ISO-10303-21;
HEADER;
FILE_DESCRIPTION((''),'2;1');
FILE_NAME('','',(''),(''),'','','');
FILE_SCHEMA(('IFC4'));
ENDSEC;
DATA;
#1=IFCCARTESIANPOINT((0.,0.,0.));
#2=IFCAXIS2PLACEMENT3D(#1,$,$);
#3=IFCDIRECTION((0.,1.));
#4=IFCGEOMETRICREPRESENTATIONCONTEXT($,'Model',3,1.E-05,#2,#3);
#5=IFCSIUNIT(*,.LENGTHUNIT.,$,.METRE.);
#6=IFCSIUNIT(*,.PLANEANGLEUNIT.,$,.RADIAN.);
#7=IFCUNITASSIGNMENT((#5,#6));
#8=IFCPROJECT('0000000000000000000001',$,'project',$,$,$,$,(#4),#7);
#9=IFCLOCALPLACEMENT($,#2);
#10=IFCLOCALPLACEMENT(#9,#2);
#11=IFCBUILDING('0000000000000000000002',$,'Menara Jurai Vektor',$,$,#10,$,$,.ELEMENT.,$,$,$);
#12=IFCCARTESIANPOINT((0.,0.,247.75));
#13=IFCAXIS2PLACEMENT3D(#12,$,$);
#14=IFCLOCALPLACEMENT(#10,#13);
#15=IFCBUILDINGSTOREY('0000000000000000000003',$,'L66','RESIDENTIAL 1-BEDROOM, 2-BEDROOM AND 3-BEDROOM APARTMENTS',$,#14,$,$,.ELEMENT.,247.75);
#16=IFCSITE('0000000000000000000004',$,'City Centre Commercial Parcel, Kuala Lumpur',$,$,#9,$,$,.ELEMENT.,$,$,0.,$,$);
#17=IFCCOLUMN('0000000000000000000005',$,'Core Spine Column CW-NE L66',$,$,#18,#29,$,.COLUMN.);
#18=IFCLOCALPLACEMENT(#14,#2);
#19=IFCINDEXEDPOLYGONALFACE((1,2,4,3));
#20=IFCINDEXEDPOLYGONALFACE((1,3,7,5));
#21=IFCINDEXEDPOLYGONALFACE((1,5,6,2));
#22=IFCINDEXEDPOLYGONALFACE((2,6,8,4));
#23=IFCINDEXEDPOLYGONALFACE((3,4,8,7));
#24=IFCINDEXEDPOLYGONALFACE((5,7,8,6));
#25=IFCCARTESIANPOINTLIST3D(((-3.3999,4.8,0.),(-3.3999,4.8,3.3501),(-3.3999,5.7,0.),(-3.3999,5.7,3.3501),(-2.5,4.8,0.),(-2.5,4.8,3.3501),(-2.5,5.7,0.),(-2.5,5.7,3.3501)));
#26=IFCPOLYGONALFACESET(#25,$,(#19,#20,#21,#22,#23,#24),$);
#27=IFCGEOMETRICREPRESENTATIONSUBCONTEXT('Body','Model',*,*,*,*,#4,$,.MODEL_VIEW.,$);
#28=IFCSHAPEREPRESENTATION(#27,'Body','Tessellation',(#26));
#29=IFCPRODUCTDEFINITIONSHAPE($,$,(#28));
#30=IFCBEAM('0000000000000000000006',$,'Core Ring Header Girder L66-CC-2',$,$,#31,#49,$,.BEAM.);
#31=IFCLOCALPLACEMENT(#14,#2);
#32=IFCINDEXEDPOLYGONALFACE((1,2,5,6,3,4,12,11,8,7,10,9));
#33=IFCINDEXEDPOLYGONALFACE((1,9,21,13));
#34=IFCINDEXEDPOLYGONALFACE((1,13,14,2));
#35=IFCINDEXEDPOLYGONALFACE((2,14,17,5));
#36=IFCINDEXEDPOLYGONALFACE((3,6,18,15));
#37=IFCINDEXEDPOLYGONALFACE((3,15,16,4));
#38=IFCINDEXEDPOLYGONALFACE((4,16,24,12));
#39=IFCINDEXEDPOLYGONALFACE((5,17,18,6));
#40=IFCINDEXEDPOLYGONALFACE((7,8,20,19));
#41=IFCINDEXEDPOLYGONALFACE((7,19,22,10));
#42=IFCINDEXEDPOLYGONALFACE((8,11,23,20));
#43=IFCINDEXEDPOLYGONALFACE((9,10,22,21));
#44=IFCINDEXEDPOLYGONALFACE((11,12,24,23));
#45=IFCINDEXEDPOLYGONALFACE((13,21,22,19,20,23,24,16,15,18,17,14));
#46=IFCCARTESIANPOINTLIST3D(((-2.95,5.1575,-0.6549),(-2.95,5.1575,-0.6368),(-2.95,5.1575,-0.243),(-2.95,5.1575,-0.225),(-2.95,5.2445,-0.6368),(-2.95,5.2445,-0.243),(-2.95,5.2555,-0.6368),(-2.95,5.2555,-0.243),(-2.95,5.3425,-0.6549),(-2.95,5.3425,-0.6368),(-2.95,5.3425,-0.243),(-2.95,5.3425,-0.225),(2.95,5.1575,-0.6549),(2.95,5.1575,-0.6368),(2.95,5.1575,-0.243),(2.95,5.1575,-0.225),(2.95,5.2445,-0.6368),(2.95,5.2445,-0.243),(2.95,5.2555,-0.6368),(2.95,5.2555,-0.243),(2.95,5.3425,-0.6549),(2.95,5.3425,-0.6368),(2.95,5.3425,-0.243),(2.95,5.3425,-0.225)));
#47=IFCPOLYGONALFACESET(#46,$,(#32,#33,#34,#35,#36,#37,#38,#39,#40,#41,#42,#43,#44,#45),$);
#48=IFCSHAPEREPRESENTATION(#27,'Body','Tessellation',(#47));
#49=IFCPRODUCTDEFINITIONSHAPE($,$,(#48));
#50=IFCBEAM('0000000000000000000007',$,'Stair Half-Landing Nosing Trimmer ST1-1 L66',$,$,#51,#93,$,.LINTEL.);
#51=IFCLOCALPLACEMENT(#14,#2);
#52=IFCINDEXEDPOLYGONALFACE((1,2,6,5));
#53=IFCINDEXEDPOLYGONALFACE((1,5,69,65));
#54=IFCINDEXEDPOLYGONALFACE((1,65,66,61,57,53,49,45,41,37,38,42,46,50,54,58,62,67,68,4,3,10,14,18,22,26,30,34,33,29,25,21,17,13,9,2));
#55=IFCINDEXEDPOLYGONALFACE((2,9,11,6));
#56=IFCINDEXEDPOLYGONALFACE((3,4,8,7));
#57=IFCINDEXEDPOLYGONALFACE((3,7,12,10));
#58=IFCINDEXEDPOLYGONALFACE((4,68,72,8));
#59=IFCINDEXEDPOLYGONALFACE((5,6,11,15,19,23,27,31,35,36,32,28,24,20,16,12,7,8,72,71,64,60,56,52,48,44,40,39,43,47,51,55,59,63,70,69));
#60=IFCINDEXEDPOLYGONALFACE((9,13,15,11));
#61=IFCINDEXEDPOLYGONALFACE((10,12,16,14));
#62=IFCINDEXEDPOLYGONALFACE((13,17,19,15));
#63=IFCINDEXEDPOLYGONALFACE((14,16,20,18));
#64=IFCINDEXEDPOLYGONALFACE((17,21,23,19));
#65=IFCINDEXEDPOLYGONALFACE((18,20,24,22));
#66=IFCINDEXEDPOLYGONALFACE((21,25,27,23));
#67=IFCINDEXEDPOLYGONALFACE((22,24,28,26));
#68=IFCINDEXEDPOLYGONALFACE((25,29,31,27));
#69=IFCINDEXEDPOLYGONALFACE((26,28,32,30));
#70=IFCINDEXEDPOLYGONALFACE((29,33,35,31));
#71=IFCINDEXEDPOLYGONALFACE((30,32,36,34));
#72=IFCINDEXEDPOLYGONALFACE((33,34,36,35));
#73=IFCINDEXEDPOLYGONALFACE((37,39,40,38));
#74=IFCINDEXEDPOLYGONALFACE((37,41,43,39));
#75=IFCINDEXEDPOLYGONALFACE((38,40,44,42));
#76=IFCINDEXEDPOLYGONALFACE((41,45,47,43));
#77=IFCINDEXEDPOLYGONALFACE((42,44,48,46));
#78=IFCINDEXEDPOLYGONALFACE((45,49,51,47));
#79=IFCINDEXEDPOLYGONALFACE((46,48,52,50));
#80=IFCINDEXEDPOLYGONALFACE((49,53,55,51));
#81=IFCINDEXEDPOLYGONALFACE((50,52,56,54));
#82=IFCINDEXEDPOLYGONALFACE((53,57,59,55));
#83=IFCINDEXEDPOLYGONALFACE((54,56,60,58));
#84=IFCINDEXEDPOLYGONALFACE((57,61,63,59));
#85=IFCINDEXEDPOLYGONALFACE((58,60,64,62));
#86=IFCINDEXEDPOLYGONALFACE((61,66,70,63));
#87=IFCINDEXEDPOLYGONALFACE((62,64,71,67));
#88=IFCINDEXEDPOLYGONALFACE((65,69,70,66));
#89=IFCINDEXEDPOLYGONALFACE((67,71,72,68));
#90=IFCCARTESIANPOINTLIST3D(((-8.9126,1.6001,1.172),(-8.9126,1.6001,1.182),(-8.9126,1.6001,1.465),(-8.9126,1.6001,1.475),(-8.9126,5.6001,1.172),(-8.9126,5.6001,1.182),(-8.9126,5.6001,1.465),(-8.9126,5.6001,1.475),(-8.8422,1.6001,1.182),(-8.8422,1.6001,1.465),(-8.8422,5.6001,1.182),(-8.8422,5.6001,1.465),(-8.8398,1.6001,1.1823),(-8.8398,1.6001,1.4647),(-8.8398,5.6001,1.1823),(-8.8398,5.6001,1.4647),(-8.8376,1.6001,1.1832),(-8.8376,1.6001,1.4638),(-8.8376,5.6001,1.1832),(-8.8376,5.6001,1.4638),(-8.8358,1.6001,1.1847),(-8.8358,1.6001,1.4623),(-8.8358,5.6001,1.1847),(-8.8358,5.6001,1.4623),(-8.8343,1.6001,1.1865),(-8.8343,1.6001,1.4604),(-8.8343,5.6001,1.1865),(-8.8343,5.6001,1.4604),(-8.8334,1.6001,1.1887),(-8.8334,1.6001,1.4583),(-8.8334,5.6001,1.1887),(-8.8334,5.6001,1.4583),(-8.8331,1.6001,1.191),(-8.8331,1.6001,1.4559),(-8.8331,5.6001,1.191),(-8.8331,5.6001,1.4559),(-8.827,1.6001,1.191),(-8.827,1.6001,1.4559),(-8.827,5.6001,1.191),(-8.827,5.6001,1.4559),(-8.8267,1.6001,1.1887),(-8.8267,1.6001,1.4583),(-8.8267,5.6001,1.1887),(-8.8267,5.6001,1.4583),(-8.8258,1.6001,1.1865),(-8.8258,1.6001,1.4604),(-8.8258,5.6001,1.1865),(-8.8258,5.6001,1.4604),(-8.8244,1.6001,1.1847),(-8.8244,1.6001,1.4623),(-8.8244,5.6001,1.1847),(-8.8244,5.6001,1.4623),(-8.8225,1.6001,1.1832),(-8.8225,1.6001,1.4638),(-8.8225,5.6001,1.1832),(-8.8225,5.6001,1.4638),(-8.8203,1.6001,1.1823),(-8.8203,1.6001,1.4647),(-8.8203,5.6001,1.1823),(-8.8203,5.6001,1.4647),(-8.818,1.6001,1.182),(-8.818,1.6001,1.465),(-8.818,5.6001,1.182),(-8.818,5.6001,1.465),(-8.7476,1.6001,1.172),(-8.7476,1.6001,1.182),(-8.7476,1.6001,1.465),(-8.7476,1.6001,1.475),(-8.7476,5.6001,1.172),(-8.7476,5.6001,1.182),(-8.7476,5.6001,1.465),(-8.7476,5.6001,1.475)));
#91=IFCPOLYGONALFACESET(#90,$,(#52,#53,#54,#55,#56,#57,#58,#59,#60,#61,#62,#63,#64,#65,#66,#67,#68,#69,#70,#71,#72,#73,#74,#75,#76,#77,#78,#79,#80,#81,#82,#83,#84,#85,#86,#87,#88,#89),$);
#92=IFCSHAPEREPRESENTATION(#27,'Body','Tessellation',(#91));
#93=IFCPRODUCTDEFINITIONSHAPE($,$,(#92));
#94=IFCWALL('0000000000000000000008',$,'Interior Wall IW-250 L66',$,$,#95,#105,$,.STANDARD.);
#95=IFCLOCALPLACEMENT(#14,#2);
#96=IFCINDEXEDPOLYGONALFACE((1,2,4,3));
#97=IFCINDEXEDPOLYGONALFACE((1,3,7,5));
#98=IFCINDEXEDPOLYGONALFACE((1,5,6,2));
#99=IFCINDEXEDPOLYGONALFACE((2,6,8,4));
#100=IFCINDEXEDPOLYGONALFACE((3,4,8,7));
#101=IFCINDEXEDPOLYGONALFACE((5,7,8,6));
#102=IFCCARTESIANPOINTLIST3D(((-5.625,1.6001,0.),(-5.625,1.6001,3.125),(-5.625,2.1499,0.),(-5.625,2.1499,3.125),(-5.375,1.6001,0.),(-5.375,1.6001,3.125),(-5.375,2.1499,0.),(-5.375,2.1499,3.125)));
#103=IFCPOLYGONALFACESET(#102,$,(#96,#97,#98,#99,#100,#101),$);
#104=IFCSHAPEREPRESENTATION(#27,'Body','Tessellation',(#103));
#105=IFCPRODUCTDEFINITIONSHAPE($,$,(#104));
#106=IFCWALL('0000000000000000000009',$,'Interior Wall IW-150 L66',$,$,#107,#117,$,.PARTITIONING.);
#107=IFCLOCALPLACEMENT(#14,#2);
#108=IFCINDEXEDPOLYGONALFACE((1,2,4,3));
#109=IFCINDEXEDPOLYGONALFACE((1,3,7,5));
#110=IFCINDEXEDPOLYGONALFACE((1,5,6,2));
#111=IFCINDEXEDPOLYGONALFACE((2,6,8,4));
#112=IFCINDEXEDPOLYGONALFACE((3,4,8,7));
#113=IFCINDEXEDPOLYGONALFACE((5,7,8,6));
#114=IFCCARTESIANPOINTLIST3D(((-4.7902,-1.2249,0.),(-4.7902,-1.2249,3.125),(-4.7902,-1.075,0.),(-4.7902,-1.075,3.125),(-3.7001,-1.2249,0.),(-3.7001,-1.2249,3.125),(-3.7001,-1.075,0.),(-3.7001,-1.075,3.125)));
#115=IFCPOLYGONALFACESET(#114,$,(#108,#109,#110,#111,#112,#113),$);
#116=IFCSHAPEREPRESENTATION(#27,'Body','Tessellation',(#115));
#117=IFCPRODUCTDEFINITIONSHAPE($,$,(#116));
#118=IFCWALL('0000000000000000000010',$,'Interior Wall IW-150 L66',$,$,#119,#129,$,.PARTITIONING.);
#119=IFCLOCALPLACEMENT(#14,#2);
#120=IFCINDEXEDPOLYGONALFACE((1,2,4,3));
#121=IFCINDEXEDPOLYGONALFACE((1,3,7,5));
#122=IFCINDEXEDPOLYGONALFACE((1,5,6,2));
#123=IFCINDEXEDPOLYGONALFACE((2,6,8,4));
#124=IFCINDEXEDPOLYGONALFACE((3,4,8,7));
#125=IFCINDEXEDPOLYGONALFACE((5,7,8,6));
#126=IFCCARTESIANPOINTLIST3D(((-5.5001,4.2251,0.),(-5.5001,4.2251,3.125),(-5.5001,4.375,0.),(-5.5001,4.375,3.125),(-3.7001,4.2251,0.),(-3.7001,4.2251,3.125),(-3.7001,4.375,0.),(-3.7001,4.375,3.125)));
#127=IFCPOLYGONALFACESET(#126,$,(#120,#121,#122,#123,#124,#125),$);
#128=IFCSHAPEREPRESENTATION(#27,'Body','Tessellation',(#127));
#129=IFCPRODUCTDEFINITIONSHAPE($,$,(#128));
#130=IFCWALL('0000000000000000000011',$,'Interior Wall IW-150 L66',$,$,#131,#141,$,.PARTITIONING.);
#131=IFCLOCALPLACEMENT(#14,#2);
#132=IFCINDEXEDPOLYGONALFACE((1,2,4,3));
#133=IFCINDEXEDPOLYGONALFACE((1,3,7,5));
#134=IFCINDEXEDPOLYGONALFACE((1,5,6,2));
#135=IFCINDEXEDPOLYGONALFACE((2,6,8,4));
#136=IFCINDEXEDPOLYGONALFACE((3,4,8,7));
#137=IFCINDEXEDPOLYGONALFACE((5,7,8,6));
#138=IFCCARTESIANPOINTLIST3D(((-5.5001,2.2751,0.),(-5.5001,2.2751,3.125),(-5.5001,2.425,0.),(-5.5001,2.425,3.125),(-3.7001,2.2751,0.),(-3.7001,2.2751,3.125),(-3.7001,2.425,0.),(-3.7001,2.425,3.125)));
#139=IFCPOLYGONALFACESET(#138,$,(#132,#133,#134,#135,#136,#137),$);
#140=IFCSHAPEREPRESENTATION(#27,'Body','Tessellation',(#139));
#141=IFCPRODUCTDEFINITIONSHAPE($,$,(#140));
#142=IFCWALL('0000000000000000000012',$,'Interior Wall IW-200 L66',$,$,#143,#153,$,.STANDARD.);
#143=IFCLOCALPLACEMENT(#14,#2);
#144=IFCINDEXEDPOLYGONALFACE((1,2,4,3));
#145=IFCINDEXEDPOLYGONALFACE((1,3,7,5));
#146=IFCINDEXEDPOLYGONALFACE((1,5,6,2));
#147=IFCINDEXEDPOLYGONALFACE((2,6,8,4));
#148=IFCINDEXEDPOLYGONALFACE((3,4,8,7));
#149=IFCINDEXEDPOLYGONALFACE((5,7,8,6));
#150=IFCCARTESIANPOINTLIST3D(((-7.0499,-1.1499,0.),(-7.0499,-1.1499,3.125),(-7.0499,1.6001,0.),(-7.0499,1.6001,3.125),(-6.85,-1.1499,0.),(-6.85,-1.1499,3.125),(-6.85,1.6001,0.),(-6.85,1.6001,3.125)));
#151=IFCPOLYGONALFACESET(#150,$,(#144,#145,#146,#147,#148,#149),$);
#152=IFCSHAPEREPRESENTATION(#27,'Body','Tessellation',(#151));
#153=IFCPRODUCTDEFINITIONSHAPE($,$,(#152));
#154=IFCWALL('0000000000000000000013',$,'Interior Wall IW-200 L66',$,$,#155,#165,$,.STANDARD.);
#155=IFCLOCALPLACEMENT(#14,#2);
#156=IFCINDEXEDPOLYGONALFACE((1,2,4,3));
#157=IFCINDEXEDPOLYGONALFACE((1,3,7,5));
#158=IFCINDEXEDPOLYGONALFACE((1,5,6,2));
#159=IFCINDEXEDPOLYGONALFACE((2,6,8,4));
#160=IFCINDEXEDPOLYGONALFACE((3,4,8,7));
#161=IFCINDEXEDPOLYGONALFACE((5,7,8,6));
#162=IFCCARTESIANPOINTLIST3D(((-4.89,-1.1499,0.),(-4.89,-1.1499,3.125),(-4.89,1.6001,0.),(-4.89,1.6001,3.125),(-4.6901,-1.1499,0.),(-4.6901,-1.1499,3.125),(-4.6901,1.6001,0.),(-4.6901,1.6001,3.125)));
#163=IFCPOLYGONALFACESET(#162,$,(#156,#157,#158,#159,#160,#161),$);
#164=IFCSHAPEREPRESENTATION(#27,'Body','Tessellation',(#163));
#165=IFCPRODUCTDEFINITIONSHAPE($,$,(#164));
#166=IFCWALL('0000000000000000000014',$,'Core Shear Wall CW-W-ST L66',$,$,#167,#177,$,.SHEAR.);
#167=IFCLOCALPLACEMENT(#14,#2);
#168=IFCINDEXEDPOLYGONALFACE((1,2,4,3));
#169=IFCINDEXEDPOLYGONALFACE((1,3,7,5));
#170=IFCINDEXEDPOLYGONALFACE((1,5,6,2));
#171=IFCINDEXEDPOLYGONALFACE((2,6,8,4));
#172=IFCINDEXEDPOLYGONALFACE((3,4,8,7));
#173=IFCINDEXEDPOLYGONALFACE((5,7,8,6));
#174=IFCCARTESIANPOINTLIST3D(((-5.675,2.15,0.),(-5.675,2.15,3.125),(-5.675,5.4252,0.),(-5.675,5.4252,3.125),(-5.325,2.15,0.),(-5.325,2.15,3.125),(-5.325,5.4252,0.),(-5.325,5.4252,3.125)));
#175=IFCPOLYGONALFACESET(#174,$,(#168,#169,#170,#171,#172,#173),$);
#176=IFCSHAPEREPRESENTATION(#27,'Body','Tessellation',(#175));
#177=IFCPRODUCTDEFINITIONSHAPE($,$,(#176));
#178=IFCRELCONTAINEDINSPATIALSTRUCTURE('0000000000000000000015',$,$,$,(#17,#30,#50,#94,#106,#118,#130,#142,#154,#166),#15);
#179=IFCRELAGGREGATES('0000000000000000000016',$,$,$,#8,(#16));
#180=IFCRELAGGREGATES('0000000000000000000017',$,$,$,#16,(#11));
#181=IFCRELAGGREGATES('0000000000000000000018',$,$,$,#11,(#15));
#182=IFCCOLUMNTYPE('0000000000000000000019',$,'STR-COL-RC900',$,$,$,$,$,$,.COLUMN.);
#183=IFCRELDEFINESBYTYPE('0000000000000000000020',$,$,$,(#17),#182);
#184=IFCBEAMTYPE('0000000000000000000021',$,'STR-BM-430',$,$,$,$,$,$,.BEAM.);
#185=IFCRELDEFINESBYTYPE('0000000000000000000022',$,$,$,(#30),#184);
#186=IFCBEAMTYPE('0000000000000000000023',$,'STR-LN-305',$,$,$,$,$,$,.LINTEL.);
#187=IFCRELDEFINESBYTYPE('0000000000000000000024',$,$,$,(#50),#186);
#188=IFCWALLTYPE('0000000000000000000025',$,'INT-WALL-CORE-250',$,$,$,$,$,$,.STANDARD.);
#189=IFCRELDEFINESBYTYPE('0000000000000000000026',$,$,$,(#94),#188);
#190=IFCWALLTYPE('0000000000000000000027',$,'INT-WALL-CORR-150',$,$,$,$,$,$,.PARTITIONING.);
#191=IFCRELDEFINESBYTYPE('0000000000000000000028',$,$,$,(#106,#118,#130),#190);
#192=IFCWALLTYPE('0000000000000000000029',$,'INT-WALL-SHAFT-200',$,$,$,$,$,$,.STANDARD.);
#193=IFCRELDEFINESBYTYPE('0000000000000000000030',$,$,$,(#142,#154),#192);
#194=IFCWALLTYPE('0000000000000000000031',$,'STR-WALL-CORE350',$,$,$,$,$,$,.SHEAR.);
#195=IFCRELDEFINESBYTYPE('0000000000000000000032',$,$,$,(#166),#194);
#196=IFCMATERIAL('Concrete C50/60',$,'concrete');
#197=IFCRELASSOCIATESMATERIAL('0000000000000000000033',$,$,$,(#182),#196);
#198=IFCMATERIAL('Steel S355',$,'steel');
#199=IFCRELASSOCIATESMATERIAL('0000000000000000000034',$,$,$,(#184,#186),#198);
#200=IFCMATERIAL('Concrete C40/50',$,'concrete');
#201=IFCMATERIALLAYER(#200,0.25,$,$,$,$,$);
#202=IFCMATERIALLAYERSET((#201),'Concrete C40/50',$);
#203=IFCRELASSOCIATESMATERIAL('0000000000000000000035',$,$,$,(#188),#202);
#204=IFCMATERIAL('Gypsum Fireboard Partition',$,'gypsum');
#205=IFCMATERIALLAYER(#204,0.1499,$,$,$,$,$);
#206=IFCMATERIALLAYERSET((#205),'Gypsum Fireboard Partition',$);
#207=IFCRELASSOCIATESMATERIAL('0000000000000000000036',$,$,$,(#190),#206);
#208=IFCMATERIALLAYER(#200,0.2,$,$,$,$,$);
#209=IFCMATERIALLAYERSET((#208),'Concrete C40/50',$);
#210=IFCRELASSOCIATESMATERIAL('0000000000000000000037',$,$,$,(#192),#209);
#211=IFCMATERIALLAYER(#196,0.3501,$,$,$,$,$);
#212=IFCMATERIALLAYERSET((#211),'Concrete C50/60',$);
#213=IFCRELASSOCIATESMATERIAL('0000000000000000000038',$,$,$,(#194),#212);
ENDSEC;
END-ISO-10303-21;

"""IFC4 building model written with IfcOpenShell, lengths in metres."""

from ifc_helpers import new_model, si_unit, direction, frame, frame_2d, origin, origin_2d, place, context, subcontext, project, spatial, rectangle, i_section, extrude, material, layer, layer_set, material_profile, profile_set, type_object, element, save


model = new_model("IFC4")

# Units and contexts
model_context = context("Model", 3, precision=1e-05, world=origin(), true_north=direction((0.0, 1.0)))
body_context = subcontext(model_context, "Body", "Model", "MODEL_VIEW")
ifc_project = project(units=[si_unit("LENGTHUNIT", "METRE"), si_unit("PLANEANGLEUNIT", "RADIAN")], contexts=[model_context])

# Site, building, storey
site_placement = place(None, origin())
site = spatial("IfcSite", under=ifc_project, at=site_placement, Name="City Centre Commercial Parcel, Kuala Lumpur", CompositionType="ELEMENT", RefElevation=0.0)
building_placement = place(site_placement, origin())
building = spatial("IfcBuilding", under=site, at=building_placement, Name="Menara Jurai Vektor", CompositionType="ELEMENT")
storey_placement = place(building_placement, frame((0.0, 0.0, 247.75)))
storey = spatial("IfcBuildingStorey", under=building, at=storey_placement, Name="L66", Description="RESIDENTIAL 1-BEDROOM, 2-BEDROOM AND 3-BEDROOM APARTMENTS", CompositionType="ELEMENT", Elevation=247.75)

# Column
ifc_material_1 = material(Name="Concrete C50/60", Category="concrete")
ifc_material_profile_1 = material_profile(ifc_material_1, rectangle(XDim=0.8999, YDim=0.8999, at=origin_2d()), Name="RC 900x900")
ifc_profile_set_1 = profile_set([ifc_material_profile_1], Name="Concrete C50/60")
column_type = type_object("IfcColumnType", Name="STR-COL-RC900", PredefinedType="COLUMN", material=ifc_profile_set_1)
column_placement = place(storey_placement, frame((-2.95, 5.25, 0.0), z_axis=(0.0, 0.0, 1.0), x_axis=(1.0, 0.0, 0.0)))
element("IfcColumn", 1, at=column_placement, inside=storey, type_object=column_type, Name="Core Spine Column CW-NE L66", PredefinedType="COLUMN", context=body_context, shape_type="SweptSolid", body=[
    extrude(rectangle(XDim=0.8999, YDim=0.8999, at=origin_2d()), origin(), (0.0, 0.0, 1.0), 3.3501),
])

# Beams
ifc_material_2 = material(Name="Steel S355", Category="steel")
ifc_material_profile_2 = material_profile(ifc_material_2, i_section(OverallWidth=0.1851, OverallDepth=0.4299, WebThickness=0.011, FlangeThickness=0.0181, at=origin_2d()), Name="PG 430x185x76")
ifc_profile_set_2 = profile_set([ifc_material_profile_2], Name="Steel S355")
beam_type_1 = type_object("IfcBeamType", Name="STR-BM-430", PredefinedType="BEAM", material=ifc_profile_set_2)
beam_1_placement = place(storey_placement, frame((-2.95, 5.25, -0.4399), z_axis=(1.0, 0.0, 0.0), x_axis=(0.0, 1.0, 0.0)))
element("IfcBeam", 2, at=beam_1_placement, inside=storey, type_object=beam_type_1, Name="Core Ring Header Girder L66-CC-2", PredefinedType="BEAM", context=body_context, shape_type="SweptSolid", body=[
    extrude(i_section(OverallWidth=0.1851, OverallDepth=0.4299, WebThickness=0.011, FlangeThickness=0.0181, at=origin_2d()), origin(), (0.0, 0.0, 1.0), 5.8999),
])
ifc_material_profile_3 = material_profile(ifc_material_2, i_section(OverallWidth=0.165, OverallDepth=0.303, WebThickness=0.0061, FlangeThickness=0.01, FilletRadius=0.009, at=origin_2d()), Name="UKB 305x165x40")
ifc_profile_set_3 = profile_set([ifc_material_profile_3], Name="Steel S355")
beam_type_2 = type_object("IfcBeamType", Name="STR-LN-305", PredefinedType="LINTEL", material=ifc_profile_set_3)
beam_2_placement = place(storey_placement, frame((-8.8301, 1.6001, 1.3235), z_axis=(0.0, 1.0, 0.0), x_axis=(-1.0, 0.0, 0.0)))
element("IfcBeam", 3, at=beam_2_placement, inside=storey, type_object=beam_type_2, Name="Stair Half-Landing Nosing Trimmer ST1-1 L66", PredefinedType="LINTEL", context=body_context, shape_type="SweptSolid", body=[
    extrude(i_section(OverallWidth=0.165, OverallDepth=0.303, WebThickness=0.0061, FlangeThickness=0.01, FilletRadius=0.009, at=origin_2d()), origin(), (0.0, 0.0, 1.0), 4.0),
])

# Walls
ifc_material_3 = material(Name="Concrete C40/50", Category="concrete")
ifc_layer_1 = layer(ifc_material_3, 0.25)
ifc_layer_set_1 = layer_set([ifc_layer_1], Name="Concrete C40/50")
wall_type_1 = type_object("IfcWallType", Name="INT-WALL-CORE-250", PredefinedType="STANDARD", material=ifc_layer_set_1)
wall_1_placement = place(storey_placement, frame((-5.5, 1.6001, 0.0), z_axis=(0.0, 0.0, 1.0), x_axis=(0.0, 1.0, 0.0)))
element("IfcWall", 4, at=wall_1_placement, inside=storey, type_object=wall_type_1, Name="Interior Wall IW-250 L66", PredefinedType="STANDARD", context=body_context, shape_type="SweptSolid", body=[
    extrude(rectangle(XDim=0.5498, YDim=0.25, at=frame_2d((0.2749, 0.0))), origin(), (0.0, 0.0, 1.0), 3.125),
])
ifc_material_4 = material(Name="Gypsum Fireboard Partition", Category="gypsum")
ifc_layer_2 = layer(ifc_material_4, 0.1499)
ifc_layer_set_2 = layer_set([ifc_layer_2], Name="Gypsum Fireboard Partition")
wall_type_2 = type_object("IfcWallType", Name="INT-WALL-CORR-150", PredefinedType="PARTITIONING", material=ifc_layer_set_2)
wall_2_placement = place(storey_placement, frame((-4.79, -1.1499, 0.0), z_axis=(0.0, 0.0, 1.0), x_axis=(1.0, 0.0, 0.0)))
element("IfcWall", 5, at=wall_2_placement, inside=storey, type_object=wall_type_2, Name="Interior Wall IW-150 L66", PredefinedType="PARTITIONING", context=body_context, shape_type="SweptSolid", body=[
    extrude(rectangle(XDim=1.0901, YDim=0.1499, at=frame_2d((0.5449, 0.0))), origin(), (0.0, 0.0, 1.0), 3.125),
])
for number, where, z_axis, x_axis, name in (
    (6, (-5.5, 4.3, 0.0), (0.0, 0.0, 1.0), (1.0, 0.0, 0.0), "Interior Wall IW-150 L66"),
    (7, (-5.5, 2.3501, 0.0), (0.0, 0.0, 1.0), (1.0, 0.0, 0.0), "Interior Wall IW-150 L66"),
):
    element("IfcWall", number, at=place(storey_placement, frame(where, z_axis=z_axis, x_axis=x_axis)), inside=storey, type_object=wall_type_2, Name=name, PredefinedType="PARTITIONING", context=body_context, shape_type="SweptSolid", body=[
        extrude(rectangle(XDim=1.8, YDim=0.1499, at=frame_2d((0.8999, 0.0))), origin(), (0.0, 0.0, 1.0), 3.125),
    ])

# Shared definitions
ifc_layer_3 = layer(ifc_material_3, 0.2)
ifc_layer_set_3 = layer_set([ifc_layer_3], Name="Concrete C40/50")
wall_type_3 = type_object("IfcWallType", Name="INT-WALL-SHAFT-200", PredefinedType="STANDARD", material=ifc_layer_set_3)

# Wall
wall_3_placement = place(storey_placement, frame((-6.95, -1.1499, 0.0), z_axis=(0.0, 0.0, 1.0), x_axis=(0.0, 1.0, 0.0)))
element("IfcWall", 8, at=wall_3_placement, inside=storey, type_object=wall_type_3, Name="Interior Wall IW-200 L66", PredefinedType="STANDARD", context=body_context, shape_type="SweptSolid", body=[
    extrude(rectangle(XDim=2.75, YDim=0.2, at=frame_2d((1.375, 0.0))), origin(), (0.0, 0.0, 1.0), 3.125),
])

# Wall
wall_4_placement = place(storey_placement, frame((-4.79, -1.1499, 0.0), z_axis=(0.0, 0.0, 1.0), x_axis=(0.0, 1.0, 0.0)))
element("IfcWall", 9, at=wall_4_placement, inside=storey, type_object=wall_type_3, Name="Interior Wall IW-200 L66", PredefinedType="STANDARD", context=body_context, shape_type="SweptSolid", body=[
    extrude(rectangle(XDim=2.75, YDim=0.2, at=frame_2d((1.375, 0.0))), origin(), (0.0, 0.0, 1.0), 3.125),
])

# Wall
ifc_layer_4 = layer(ifc_material_1, 0.3501)
ifc_layer_set_4 = layer_set([ifc_layer_4], Name="Concrete C50/60")
wall_type_4 = type_object("IfcWallType", Name="STR-WALL-CORE350", PredefinedType="SHEAR", material=ifc_layer_set_4)
wall_5_placement = place(storey_placement, frame((-5.5, 2.1499, 0.0), z_axis=(0.0, 0.0, 1.0), x_axis=(0.0, 1.0, 0.0)))
element("IfcWall", 10, at=wall_5_placement, inside=storey, type_object=wall_type_4, Name="Core Shear Wall CW-W-ST L66", PredefinedType="SHEAR", context=body_context, shape_type="SweptSolid", body=[
    extrude(rectangle(XDim=3.2751, YDim=0.3501, at=frame_2d((1.6377, 0.0))), origin(), (0.0, 0.0, 1.0), 3.125),
])

save(model, "model.ifc")
